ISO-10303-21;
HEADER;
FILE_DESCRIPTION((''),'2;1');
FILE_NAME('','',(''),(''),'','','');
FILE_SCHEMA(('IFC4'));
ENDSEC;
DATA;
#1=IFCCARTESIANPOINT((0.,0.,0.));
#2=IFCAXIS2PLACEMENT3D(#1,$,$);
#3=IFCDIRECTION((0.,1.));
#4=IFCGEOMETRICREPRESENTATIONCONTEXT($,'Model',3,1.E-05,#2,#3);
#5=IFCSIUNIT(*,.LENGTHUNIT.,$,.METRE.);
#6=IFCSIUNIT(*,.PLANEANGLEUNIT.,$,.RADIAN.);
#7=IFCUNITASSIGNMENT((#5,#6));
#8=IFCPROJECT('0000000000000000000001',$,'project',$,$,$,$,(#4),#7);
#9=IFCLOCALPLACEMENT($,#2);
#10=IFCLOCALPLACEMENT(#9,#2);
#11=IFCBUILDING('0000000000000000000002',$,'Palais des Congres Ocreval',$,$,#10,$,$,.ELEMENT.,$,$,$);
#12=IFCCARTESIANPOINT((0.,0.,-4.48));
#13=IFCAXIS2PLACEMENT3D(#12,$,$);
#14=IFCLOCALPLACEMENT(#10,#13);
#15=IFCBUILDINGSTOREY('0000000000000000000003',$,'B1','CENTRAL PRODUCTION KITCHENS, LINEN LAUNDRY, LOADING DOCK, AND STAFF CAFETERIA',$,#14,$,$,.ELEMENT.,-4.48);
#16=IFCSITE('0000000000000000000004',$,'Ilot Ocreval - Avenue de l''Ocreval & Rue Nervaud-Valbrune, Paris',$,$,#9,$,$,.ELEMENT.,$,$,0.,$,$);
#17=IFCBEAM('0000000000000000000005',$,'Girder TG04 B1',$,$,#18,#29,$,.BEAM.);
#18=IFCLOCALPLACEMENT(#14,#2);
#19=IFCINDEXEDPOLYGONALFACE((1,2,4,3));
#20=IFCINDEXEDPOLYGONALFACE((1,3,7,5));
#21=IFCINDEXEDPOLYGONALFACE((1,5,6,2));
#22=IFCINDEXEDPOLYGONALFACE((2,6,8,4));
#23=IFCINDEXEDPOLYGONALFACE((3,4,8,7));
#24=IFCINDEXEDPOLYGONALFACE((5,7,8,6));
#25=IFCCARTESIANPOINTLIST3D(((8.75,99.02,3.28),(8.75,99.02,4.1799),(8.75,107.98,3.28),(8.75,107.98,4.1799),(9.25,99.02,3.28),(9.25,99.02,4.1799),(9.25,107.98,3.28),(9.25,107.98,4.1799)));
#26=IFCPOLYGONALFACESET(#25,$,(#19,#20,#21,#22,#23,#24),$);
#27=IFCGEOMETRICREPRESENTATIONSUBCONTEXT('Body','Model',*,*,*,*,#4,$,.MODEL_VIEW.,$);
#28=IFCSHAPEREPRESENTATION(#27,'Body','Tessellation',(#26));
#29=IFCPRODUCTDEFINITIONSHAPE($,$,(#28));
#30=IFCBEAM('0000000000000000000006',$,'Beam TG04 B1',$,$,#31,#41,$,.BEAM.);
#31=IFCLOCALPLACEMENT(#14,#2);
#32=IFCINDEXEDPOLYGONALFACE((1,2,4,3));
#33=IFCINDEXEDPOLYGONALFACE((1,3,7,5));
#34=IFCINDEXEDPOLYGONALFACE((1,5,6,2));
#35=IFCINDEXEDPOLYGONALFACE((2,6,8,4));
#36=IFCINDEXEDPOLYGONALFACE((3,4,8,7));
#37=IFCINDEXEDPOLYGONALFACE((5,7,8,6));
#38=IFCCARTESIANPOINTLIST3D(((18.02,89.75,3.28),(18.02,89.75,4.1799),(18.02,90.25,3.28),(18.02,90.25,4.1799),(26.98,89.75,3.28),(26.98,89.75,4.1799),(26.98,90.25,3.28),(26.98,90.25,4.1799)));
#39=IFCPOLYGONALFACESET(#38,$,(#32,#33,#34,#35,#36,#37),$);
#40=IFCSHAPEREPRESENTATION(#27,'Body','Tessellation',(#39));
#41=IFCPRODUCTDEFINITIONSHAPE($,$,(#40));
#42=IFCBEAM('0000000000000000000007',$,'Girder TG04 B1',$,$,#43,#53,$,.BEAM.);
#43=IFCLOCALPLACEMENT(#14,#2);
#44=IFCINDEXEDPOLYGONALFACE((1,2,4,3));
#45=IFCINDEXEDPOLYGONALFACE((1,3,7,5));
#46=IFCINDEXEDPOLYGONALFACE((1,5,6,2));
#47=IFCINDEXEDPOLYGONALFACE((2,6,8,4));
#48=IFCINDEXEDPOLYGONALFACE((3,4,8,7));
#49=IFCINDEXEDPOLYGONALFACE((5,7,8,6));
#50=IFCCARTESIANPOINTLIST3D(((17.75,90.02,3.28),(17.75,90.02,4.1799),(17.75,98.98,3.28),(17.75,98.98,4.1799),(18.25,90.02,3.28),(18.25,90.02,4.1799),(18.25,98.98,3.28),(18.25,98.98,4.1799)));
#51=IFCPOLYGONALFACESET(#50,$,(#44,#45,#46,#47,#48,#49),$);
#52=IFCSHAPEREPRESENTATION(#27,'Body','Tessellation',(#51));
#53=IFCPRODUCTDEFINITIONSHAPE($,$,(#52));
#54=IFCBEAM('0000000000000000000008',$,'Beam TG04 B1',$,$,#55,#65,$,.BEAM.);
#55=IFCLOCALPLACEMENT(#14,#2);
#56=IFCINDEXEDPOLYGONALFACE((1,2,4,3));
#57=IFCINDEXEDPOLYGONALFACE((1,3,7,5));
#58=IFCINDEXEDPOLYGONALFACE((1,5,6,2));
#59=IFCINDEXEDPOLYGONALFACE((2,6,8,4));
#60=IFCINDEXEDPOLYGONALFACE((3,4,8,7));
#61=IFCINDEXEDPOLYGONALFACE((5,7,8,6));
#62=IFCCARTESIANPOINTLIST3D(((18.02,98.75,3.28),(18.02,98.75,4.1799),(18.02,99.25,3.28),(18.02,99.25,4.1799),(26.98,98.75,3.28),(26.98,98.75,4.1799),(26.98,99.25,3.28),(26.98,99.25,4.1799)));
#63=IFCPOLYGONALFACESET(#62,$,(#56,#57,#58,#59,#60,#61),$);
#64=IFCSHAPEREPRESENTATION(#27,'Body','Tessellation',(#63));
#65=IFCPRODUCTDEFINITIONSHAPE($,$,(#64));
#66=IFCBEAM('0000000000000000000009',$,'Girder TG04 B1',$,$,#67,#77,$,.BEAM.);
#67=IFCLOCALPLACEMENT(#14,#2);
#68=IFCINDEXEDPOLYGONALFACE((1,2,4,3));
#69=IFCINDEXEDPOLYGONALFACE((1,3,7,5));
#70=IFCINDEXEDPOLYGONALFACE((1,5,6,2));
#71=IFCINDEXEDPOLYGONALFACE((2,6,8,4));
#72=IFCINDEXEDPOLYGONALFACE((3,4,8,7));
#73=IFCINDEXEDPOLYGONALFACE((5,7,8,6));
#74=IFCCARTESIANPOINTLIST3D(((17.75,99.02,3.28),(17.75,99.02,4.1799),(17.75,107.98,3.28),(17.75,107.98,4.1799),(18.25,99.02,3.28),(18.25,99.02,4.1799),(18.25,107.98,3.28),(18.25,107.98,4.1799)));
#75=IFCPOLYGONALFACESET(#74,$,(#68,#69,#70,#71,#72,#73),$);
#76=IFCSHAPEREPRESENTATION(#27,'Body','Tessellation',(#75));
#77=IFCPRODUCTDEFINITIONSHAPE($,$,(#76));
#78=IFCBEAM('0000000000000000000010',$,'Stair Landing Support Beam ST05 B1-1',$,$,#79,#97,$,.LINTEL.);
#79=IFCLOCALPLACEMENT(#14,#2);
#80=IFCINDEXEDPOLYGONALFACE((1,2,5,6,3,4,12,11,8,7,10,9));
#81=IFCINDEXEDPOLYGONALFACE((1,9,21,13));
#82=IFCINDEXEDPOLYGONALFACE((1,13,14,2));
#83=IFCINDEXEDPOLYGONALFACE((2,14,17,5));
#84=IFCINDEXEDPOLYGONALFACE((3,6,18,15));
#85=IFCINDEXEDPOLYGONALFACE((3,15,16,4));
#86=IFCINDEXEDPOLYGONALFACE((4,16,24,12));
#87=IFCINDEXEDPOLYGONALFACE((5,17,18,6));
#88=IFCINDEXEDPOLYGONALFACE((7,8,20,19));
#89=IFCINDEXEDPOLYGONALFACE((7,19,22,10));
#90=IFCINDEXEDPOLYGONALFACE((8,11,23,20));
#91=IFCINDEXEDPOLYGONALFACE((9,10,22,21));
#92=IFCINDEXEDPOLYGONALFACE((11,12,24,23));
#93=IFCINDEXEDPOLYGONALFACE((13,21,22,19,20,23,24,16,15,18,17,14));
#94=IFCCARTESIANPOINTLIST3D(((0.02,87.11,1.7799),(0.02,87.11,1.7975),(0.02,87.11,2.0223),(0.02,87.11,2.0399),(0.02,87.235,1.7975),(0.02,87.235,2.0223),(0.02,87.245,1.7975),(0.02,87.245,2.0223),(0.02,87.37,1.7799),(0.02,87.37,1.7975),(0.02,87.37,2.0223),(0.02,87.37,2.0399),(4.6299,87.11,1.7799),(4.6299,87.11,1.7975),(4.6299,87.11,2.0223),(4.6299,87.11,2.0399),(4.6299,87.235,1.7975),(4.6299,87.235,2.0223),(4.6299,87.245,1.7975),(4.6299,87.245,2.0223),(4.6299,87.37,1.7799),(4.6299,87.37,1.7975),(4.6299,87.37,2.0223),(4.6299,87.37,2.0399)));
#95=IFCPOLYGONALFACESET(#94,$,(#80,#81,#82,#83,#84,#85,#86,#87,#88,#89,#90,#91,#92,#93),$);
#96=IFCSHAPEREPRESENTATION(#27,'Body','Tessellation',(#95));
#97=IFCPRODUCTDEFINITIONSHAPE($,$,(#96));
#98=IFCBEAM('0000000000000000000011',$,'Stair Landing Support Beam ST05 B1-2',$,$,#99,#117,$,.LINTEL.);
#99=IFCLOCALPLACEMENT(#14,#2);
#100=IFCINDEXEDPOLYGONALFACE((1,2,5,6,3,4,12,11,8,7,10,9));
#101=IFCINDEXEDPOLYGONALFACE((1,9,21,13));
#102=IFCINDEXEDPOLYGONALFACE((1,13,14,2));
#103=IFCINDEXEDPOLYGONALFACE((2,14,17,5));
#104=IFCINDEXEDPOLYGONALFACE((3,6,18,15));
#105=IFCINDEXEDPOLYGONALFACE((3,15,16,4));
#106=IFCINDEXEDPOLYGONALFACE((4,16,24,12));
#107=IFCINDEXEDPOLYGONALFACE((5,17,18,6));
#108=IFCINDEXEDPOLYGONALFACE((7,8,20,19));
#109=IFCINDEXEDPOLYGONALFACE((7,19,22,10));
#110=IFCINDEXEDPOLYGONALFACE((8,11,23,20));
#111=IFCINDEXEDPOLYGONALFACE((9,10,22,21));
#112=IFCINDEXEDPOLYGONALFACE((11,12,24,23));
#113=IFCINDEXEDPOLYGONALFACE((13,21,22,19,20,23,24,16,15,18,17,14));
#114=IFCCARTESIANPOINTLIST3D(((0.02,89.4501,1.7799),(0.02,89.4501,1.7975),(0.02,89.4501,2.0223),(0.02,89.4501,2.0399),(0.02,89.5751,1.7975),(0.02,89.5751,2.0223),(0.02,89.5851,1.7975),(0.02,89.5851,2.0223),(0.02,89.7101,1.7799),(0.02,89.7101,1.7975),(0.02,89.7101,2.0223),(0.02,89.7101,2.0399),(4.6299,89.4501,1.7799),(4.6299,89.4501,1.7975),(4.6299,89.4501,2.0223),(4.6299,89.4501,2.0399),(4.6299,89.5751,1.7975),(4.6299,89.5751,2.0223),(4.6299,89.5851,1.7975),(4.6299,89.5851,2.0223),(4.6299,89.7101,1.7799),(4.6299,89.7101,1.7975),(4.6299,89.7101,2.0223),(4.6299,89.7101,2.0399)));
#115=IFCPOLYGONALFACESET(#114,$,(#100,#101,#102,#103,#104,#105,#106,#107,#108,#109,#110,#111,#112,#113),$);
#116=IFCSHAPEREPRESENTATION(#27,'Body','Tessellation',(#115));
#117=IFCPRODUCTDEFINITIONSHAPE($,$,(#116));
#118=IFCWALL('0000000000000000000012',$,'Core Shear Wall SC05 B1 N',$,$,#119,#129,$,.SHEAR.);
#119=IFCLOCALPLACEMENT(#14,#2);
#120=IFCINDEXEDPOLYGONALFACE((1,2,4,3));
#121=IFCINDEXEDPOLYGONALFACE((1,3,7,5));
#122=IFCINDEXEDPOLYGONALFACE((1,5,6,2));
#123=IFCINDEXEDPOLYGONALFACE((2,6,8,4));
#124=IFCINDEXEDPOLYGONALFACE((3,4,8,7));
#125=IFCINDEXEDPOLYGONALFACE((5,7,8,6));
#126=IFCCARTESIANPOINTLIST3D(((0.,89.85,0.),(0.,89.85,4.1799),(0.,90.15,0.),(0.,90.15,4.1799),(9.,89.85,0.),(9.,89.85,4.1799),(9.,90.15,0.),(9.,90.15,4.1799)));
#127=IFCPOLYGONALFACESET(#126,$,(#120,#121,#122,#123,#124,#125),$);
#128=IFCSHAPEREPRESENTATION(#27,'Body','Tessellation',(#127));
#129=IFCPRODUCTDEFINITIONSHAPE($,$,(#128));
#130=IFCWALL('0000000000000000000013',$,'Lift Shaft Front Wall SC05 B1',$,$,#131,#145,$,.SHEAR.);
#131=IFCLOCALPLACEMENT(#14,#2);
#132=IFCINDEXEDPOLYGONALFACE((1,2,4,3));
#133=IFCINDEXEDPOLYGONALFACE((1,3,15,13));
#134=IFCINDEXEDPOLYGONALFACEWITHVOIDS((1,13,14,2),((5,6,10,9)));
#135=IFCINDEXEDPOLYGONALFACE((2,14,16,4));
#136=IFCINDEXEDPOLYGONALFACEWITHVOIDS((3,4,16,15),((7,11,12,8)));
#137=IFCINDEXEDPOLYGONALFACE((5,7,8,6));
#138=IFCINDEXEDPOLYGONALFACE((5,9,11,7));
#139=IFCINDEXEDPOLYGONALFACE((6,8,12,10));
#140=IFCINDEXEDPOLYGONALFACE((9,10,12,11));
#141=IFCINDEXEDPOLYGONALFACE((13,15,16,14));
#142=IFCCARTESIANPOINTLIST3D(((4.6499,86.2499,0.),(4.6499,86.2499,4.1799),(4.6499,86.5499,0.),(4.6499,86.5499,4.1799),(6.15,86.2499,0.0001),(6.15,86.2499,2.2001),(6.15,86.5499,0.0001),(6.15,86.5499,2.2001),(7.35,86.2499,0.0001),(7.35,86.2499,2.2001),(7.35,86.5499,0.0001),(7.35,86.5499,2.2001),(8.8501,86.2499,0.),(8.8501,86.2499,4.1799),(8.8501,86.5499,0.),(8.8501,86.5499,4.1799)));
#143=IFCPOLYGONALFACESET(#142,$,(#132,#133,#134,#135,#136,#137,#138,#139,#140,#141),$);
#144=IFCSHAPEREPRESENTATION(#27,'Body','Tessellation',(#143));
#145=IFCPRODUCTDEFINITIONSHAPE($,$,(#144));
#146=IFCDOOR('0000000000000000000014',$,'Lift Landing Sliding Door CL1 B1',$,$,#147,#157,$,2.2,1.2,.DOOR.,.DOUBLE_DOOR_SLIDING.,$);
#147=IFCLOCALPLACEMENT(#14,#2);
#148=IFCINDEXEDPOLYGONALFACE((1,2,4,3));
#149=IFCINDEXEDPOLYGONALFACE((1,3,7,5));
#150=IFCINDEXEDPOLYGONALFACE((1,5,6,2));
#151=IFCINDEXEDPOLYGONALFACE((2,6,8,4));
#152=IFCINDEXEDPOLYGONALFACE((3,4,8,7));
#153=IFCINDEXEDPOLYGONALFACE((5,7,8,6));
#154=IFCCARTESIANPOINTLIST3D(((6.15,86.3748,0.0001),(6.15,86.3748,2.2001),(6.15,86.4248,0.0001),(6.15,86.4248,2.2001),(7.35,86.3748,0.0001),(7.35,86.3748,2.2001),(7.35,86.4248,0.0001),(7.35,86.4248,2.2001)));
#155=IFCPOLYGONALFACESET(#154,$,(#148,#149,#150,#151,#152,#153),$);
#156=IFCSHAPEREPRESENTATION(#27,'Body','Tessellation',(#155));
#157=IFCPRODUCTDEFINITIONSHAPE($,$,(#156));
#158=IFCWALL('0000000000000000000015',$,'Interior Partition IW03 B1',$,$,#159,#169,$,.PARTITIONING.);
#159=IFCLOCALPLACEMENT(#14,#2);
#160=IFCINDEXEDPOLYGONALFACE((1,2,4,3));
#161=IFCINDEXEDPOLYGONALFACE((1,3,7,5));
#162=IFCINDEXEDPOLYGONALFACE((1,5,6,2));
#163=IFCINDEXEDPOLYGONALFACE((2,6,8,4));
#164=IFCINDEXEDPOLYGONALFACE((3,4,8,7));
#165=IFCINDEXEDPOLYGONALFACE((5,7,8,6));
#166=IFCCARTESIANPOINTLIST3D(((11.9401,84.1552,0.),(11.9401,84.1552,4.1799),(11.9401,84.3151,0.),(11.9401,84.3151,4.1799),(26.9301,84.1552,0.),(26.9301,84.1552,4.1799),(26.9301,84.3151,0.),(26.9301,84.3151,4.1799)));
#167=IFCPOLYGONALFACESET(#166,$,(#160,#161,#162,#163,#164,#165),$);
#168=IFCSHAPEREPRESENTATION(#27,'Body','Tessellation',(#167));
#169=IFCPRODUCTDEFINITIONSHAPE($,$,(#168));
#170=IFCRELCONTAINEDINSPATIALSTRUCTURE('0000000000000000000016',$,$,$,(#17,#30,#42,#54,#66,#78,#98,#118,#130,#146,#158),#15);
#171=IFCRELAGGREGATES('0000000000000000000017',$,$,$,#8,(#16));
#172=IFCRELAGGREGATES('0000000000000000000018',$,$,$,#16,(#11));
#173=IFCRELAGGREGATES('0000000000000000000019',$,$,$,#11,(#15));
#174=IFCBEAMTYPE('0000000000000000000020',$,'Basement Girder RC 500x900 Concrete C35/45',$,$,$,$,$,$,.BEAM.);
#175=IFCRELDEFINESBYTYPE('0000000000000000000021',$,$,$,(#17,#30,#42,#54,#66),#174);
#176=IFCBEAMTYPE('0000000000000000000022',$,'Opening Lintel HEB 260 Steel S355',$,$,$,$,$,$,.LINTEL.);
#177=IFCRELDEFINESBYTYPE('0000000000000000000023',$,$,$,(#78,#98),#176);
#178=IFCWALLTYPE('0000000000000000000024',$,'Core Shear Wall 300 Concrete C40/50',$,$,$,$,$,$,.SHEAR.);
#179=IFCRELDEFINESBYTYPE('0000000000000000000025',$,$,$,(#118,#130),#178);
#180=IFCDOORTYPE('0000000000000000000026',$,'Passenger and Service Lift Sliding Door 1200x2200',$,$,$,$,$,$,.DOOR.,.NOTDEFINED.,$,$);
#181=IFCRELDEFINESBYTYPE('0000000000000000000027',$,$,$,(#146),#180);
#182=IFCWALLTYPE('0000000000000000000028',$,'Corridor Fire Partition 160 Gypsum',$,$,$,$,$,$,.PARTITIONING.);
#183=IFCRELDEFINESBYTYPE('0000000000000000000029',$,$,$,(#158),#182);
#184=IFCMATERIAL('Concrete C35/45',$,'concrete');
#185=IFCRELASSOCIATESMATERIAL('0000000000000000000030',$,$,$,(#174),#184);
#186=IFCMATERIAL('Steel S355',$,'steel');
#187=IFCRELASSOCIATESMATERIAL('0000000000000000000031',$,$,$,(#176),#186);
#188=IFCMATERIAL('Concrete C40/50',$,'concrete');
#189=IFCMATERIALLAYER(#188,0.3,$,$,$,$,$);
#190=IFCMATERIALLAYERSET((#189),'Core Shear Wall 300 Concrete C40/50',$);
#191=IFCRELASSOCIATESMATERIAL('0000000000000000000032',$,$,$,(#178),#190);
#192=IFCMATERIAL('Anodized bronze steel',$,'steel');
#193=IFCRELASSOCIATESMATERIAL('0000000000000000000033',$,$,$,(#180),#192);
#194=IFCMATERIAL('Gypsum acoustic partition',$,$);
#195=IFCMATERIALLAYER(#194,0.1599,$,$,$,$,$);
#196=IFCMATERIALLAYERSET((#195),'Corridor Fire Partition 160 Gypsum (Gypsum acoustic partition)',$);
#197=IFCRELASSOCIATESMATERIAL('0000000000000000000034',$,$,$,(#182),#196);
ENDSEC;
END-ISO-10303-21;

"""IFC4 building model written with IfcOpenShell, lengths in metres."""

from ifc_helpers import new_model, si_unit, direction, frame, frame_2d, origin, origin_2d, place, context, subcontext, project, spatial, rectangle, i_section, extrude, material, layer, layer_set, material_profile, profile_set, type_object, element, fill, save


model = new_model("IFC4")

# Units and contexts
model_context = context("Model", 3, precision=1e-05, world=origin(), true_north=direction((0.0, 1.0)))
body_context = subcontext(model_context, "Body", "Model", "MODEL_VIEW")
ifc_project = project(units=[si_unit("LENGTHUNIT", "METRE"), si_unit("PLANEANGLEUNIT", "RADIAN")], contexts=[model_context])

# Site, building, storey
site_placement = place(None, origin())
site = spatial("IfcSite", under=ifc_project, at=site_placement, Name="Ilot Ocreval - Avenue de l'Ocreval & Rue Nervaud-Valbrune, Paris", CompositionType="ELEMENT", RefElevation=0.0)
building_placement = place(site_placement, origin())
building = spatial("IfcBuilding", under=site, at=building_placement, Name="Palais des Congres Ocreval", CompositionType="ELEMENT")
storey_placement = place(building_placement, frame((0.0, 0.0, -4.48)))
storey = spatial("IfcBuildingStorey", under=building, at=storey_placement, Name="B1", Description="CENTRAL PRODUCTION KITCHENS, LINEN LAUNDRY, LOADING DOCK, AND STAFF CAFETERIA", CompositionType="ELEMENT", Elevation=-4.48)

# Shared definitions
ifc_material_1 = material(Name="Steel S355", Category="steel")

# Beams
ifc_material_2 = material(Name="Concrete C35/45", Category="concrete")
ifc_material_profile_1 = material_profile(ifc_material_2, rectangle(XDim=0.5, YDim=0.8999, at=origin_2d()), Name="RC 500x900")
ifc_profile_set_1 = profile_set([ifc_material_profile_1], Name="Concrete C35/45")
beam_type_1 = type_object("IfcBeamType", Name="Basement Girder RC 500x900 Concrete C35/45", PredefinedType="BEAM", material=ifc_profile_set_1)
for number, where, z_axis, x_axis, name in (
    (1, (9.0, 99.02, 3.73), (0.0, 1.0, 0.0), (-1.0, 0.0, 0.0), "Girder TG04 B1"),
    (2, (18.02, 90.0, 3.73), (1.0, 0.0, 0.0), (0.0, 1.0, 0.0), "Beam TG04 B1"),
    (3, (18.0, 90.02, 3.73), (0.0, 1.0, 0.0), (-1.0, 0.0, 0.0), "Girder TG04 B1"),
    (4, (18.02, 99.0, 3.73), (1.0, 0.0, 0.0), (0.0, 1.0, 0.0), "Beam TG04 B1"),
    (5, (18.0, 99.02, 3.73), (0.0, 1.0, 0.0), (-1.0, 0.0, 0.0), "Girder TG04 B1"),
):
    element("IfcBeam", number, at=place(storey_placement, frame(where, z_axis=z_axis, x_axis=x_axis)), inside=storey, type_object=beam_type_1, Name=name, PredefinedType="BEAM", context=body_context, shape_type="SweptSolid", body=[
        extrude(rectangle(XDim=0.5, YDim=0.8999, at=origin_2d()), origin(), (0.0, 0.0, 1.0), 8.96),
    ])
ifc_material_profile_2 = material_profile(ifc_material_1, i_section(OverallWidth=0.26, OverallDepth=0.26, WebThickness=0.01, FlangeThickness=0.0176, at=origin_2d()), Name="HEB 260")
ifc_profile_set_2 = profile_set([ifc_material_profile_2], Name="Steel S355")
beam_type_2 = type_object("IfcBeamType", Name="Opening Lintel HEB 260 Steel S355", PredefinedType="LINTEL", material=ifc_profile_set_2)
for number, where, z_axis, x_axis, name in (
    (6, (0.02, 87.24, 1.9099), (1.0, 0.0, 0.0), (0.0, 1.0, 0.0), "Stair Landing Support Beam ST05 B1-1"),
    (7, (0.02, 89.5801, 1.9099), (1.0, 0.0, 0.0), (0.0, 1.0, 0.0), "Stair Landing Support Beam ST05 B1-2"),
):
    element("IfcBeam", number, at=place(storey_placement, frame(where, z_axis=z_axis, x_axis=x_axis)), inside=storey, type_object=beam_type_2, Name=name, PredefinedType="LINTEL", context=body_context, shape_type="SweptSolid", body=[
        extrude(i_section(OverallWidth=0.26, OverallDepth=0.26, WebThickness=0.01, FlangeThickness=0.0176, at=origin_2d()), origin(), (0.0, 0.0, 1.0), 4.6099),
    ])

# Wall
ifc_material_3 = material(Name="Concrete C40/50", Category="concrete")
ifc_layer_1 = layer(ifc_material_3, 0.3)
ifc_layer_set_1 = layer_set([ifc_layer_1], Name="Core Shear Wall 300 Concrete C40/50")
wall_type_1 = type_object("IfcWallType", Name="Core Shear Wall 300 Concrete C40/50", PredefinedType="SHEAR", material=ifc_layer_set_1)
wall_1_placement = place(storey_placement, frame((0.0, 90.0, 0.0), z_axis=(0.0, 0.0, 1.0), x_axis=(1.0, 0.0, 0.0)))
element("IfcWall", 8, at=wall_1_placement, inside=storey, type_object=wall_type_1, Name="Core Shear Wall SC05 B1 N", PredefinedType="SHEAR", context=body_context, shape_type="SweptSolid", body=[
    extrude(rectangle(XDim=9.0, YDim=0.3, at=frame_2d((4.5, 0.0))), origin(), (0.0, 0.0, 1.0), 4.1799),
])

# Wall, opening, door
wall_2_placement = place(storey_placement, frame((4.6499, 86.3999, 0.0), z_axis=(0.0, 0.0, 1.0), x_axis=(1.0, 0.0, 0.0)))
wall_2 = element("IfcWall", 9, at=wall_2_placement, inside=storey, type_object=wall_type_1, Name="Lift Shaft Front Wall SC05 B1", PredefinedType="SHEAR", context=body_context, shape_type="SweptSolid", body=[
    extrude(rectangle(XDim=4.2002, YDim=0.3, at=frame_2d((2.1001, 0.0))), origin(), (0.0, 0.0, 1.0), 4.1799),
])
opening_1_placement = place(wall_2_placement, frame((1.5, 0.0, 0.0)))
opening_1 = element("IfcOpeningElement", 10, at=opening_1_placement, cuts=wall_2, PredefinedType="OPENING", context=body_context, shape_type="SweptSolid", body=[
    extrude(rectangle(XDim=1.2, YDim=2.2, at=frame_2d((0.6001, 1.1001))), frame((0.0, 0.1599, 0.0), z_axis=(0.0, -1.0, 0.0), x_axis=(1.0, 0.0, 0.0)), (0.0, 0.0, 1.0), 0.3201),
])
ifc_material_4 = material(Name="Anodized bronze steel", Category="steel")
door_type_1 = type_object("IfcDoorType", Name="Passenger and Service Lift Sliding Door 1200x2200", OperationType="NOTDEFINED", PredefinedType="DOOR", material=ifc_material_4)
door_1_placement = place(opening_1_placement, origin())
door_1 = element("IfcDoor", 11, at=door_1_placement, inside=storey, type_object=door_type_1, Name="Lift Landing Sliding Door CL1 B1", OperationType="DOUBLE_DOOR_SLIDING", OverallHeight=2.2, OverallWidth=1.2, PredefinedType="DOOR", context=body_context, shape_type="SweptSolid", body=[
    extrude(rectangle(XDim=1.2, YDim=2.2, at=frame_2d((0.6001, 1.1001))), frame((0.0, 0.0249, 0.0), z_axis=(0.0, -1.0, 0.0), x_axis=(1.0, 0.0, 0.0)), (0.0, 0.0, 1.0), 0.05),
])
fill(opening_1, door_1)

# Wall
ifc_material_5 = material(Name="Gypsum acoustic partition")
ifc_layer_2 = layer(ifc_material_5, 0.1599)
ifc_layer_set_2 = layer_set([ifc_layer_2], Name="Corridor Fire Partition 160 Gypsum (Gypsum acoustic partition)")
wall_type_2 = type_object("IfcWallType", Name="Corridor Fire Partition 160 Gypsum", PredefinedType="PARTITIONING", material=ifc_layer_set_2)
wall_3_placement = place(storey_placement, frame((11.9399, 84.2351, 0.0), z_axis=(0.0, 0.0, 1.0), x_axis=(1.0, 0.0, 0.0)))
element("IfcWall", 12, at=wall_3_placement, inside=storey, type_object=wall_type_2, Name="Interior Partition IW03 B1", PredefinedType="PARTITIONING", context=body_context, shape_type="SweptSolid", body=[
    extrude(rectangle(XDim=14.99, YDim=0.1599, at=frame_2d((7.4951, 0.0))), origin(), (0.0, 0.0, 1.0), 4.1799),
])

save(model, "model.ifc")
